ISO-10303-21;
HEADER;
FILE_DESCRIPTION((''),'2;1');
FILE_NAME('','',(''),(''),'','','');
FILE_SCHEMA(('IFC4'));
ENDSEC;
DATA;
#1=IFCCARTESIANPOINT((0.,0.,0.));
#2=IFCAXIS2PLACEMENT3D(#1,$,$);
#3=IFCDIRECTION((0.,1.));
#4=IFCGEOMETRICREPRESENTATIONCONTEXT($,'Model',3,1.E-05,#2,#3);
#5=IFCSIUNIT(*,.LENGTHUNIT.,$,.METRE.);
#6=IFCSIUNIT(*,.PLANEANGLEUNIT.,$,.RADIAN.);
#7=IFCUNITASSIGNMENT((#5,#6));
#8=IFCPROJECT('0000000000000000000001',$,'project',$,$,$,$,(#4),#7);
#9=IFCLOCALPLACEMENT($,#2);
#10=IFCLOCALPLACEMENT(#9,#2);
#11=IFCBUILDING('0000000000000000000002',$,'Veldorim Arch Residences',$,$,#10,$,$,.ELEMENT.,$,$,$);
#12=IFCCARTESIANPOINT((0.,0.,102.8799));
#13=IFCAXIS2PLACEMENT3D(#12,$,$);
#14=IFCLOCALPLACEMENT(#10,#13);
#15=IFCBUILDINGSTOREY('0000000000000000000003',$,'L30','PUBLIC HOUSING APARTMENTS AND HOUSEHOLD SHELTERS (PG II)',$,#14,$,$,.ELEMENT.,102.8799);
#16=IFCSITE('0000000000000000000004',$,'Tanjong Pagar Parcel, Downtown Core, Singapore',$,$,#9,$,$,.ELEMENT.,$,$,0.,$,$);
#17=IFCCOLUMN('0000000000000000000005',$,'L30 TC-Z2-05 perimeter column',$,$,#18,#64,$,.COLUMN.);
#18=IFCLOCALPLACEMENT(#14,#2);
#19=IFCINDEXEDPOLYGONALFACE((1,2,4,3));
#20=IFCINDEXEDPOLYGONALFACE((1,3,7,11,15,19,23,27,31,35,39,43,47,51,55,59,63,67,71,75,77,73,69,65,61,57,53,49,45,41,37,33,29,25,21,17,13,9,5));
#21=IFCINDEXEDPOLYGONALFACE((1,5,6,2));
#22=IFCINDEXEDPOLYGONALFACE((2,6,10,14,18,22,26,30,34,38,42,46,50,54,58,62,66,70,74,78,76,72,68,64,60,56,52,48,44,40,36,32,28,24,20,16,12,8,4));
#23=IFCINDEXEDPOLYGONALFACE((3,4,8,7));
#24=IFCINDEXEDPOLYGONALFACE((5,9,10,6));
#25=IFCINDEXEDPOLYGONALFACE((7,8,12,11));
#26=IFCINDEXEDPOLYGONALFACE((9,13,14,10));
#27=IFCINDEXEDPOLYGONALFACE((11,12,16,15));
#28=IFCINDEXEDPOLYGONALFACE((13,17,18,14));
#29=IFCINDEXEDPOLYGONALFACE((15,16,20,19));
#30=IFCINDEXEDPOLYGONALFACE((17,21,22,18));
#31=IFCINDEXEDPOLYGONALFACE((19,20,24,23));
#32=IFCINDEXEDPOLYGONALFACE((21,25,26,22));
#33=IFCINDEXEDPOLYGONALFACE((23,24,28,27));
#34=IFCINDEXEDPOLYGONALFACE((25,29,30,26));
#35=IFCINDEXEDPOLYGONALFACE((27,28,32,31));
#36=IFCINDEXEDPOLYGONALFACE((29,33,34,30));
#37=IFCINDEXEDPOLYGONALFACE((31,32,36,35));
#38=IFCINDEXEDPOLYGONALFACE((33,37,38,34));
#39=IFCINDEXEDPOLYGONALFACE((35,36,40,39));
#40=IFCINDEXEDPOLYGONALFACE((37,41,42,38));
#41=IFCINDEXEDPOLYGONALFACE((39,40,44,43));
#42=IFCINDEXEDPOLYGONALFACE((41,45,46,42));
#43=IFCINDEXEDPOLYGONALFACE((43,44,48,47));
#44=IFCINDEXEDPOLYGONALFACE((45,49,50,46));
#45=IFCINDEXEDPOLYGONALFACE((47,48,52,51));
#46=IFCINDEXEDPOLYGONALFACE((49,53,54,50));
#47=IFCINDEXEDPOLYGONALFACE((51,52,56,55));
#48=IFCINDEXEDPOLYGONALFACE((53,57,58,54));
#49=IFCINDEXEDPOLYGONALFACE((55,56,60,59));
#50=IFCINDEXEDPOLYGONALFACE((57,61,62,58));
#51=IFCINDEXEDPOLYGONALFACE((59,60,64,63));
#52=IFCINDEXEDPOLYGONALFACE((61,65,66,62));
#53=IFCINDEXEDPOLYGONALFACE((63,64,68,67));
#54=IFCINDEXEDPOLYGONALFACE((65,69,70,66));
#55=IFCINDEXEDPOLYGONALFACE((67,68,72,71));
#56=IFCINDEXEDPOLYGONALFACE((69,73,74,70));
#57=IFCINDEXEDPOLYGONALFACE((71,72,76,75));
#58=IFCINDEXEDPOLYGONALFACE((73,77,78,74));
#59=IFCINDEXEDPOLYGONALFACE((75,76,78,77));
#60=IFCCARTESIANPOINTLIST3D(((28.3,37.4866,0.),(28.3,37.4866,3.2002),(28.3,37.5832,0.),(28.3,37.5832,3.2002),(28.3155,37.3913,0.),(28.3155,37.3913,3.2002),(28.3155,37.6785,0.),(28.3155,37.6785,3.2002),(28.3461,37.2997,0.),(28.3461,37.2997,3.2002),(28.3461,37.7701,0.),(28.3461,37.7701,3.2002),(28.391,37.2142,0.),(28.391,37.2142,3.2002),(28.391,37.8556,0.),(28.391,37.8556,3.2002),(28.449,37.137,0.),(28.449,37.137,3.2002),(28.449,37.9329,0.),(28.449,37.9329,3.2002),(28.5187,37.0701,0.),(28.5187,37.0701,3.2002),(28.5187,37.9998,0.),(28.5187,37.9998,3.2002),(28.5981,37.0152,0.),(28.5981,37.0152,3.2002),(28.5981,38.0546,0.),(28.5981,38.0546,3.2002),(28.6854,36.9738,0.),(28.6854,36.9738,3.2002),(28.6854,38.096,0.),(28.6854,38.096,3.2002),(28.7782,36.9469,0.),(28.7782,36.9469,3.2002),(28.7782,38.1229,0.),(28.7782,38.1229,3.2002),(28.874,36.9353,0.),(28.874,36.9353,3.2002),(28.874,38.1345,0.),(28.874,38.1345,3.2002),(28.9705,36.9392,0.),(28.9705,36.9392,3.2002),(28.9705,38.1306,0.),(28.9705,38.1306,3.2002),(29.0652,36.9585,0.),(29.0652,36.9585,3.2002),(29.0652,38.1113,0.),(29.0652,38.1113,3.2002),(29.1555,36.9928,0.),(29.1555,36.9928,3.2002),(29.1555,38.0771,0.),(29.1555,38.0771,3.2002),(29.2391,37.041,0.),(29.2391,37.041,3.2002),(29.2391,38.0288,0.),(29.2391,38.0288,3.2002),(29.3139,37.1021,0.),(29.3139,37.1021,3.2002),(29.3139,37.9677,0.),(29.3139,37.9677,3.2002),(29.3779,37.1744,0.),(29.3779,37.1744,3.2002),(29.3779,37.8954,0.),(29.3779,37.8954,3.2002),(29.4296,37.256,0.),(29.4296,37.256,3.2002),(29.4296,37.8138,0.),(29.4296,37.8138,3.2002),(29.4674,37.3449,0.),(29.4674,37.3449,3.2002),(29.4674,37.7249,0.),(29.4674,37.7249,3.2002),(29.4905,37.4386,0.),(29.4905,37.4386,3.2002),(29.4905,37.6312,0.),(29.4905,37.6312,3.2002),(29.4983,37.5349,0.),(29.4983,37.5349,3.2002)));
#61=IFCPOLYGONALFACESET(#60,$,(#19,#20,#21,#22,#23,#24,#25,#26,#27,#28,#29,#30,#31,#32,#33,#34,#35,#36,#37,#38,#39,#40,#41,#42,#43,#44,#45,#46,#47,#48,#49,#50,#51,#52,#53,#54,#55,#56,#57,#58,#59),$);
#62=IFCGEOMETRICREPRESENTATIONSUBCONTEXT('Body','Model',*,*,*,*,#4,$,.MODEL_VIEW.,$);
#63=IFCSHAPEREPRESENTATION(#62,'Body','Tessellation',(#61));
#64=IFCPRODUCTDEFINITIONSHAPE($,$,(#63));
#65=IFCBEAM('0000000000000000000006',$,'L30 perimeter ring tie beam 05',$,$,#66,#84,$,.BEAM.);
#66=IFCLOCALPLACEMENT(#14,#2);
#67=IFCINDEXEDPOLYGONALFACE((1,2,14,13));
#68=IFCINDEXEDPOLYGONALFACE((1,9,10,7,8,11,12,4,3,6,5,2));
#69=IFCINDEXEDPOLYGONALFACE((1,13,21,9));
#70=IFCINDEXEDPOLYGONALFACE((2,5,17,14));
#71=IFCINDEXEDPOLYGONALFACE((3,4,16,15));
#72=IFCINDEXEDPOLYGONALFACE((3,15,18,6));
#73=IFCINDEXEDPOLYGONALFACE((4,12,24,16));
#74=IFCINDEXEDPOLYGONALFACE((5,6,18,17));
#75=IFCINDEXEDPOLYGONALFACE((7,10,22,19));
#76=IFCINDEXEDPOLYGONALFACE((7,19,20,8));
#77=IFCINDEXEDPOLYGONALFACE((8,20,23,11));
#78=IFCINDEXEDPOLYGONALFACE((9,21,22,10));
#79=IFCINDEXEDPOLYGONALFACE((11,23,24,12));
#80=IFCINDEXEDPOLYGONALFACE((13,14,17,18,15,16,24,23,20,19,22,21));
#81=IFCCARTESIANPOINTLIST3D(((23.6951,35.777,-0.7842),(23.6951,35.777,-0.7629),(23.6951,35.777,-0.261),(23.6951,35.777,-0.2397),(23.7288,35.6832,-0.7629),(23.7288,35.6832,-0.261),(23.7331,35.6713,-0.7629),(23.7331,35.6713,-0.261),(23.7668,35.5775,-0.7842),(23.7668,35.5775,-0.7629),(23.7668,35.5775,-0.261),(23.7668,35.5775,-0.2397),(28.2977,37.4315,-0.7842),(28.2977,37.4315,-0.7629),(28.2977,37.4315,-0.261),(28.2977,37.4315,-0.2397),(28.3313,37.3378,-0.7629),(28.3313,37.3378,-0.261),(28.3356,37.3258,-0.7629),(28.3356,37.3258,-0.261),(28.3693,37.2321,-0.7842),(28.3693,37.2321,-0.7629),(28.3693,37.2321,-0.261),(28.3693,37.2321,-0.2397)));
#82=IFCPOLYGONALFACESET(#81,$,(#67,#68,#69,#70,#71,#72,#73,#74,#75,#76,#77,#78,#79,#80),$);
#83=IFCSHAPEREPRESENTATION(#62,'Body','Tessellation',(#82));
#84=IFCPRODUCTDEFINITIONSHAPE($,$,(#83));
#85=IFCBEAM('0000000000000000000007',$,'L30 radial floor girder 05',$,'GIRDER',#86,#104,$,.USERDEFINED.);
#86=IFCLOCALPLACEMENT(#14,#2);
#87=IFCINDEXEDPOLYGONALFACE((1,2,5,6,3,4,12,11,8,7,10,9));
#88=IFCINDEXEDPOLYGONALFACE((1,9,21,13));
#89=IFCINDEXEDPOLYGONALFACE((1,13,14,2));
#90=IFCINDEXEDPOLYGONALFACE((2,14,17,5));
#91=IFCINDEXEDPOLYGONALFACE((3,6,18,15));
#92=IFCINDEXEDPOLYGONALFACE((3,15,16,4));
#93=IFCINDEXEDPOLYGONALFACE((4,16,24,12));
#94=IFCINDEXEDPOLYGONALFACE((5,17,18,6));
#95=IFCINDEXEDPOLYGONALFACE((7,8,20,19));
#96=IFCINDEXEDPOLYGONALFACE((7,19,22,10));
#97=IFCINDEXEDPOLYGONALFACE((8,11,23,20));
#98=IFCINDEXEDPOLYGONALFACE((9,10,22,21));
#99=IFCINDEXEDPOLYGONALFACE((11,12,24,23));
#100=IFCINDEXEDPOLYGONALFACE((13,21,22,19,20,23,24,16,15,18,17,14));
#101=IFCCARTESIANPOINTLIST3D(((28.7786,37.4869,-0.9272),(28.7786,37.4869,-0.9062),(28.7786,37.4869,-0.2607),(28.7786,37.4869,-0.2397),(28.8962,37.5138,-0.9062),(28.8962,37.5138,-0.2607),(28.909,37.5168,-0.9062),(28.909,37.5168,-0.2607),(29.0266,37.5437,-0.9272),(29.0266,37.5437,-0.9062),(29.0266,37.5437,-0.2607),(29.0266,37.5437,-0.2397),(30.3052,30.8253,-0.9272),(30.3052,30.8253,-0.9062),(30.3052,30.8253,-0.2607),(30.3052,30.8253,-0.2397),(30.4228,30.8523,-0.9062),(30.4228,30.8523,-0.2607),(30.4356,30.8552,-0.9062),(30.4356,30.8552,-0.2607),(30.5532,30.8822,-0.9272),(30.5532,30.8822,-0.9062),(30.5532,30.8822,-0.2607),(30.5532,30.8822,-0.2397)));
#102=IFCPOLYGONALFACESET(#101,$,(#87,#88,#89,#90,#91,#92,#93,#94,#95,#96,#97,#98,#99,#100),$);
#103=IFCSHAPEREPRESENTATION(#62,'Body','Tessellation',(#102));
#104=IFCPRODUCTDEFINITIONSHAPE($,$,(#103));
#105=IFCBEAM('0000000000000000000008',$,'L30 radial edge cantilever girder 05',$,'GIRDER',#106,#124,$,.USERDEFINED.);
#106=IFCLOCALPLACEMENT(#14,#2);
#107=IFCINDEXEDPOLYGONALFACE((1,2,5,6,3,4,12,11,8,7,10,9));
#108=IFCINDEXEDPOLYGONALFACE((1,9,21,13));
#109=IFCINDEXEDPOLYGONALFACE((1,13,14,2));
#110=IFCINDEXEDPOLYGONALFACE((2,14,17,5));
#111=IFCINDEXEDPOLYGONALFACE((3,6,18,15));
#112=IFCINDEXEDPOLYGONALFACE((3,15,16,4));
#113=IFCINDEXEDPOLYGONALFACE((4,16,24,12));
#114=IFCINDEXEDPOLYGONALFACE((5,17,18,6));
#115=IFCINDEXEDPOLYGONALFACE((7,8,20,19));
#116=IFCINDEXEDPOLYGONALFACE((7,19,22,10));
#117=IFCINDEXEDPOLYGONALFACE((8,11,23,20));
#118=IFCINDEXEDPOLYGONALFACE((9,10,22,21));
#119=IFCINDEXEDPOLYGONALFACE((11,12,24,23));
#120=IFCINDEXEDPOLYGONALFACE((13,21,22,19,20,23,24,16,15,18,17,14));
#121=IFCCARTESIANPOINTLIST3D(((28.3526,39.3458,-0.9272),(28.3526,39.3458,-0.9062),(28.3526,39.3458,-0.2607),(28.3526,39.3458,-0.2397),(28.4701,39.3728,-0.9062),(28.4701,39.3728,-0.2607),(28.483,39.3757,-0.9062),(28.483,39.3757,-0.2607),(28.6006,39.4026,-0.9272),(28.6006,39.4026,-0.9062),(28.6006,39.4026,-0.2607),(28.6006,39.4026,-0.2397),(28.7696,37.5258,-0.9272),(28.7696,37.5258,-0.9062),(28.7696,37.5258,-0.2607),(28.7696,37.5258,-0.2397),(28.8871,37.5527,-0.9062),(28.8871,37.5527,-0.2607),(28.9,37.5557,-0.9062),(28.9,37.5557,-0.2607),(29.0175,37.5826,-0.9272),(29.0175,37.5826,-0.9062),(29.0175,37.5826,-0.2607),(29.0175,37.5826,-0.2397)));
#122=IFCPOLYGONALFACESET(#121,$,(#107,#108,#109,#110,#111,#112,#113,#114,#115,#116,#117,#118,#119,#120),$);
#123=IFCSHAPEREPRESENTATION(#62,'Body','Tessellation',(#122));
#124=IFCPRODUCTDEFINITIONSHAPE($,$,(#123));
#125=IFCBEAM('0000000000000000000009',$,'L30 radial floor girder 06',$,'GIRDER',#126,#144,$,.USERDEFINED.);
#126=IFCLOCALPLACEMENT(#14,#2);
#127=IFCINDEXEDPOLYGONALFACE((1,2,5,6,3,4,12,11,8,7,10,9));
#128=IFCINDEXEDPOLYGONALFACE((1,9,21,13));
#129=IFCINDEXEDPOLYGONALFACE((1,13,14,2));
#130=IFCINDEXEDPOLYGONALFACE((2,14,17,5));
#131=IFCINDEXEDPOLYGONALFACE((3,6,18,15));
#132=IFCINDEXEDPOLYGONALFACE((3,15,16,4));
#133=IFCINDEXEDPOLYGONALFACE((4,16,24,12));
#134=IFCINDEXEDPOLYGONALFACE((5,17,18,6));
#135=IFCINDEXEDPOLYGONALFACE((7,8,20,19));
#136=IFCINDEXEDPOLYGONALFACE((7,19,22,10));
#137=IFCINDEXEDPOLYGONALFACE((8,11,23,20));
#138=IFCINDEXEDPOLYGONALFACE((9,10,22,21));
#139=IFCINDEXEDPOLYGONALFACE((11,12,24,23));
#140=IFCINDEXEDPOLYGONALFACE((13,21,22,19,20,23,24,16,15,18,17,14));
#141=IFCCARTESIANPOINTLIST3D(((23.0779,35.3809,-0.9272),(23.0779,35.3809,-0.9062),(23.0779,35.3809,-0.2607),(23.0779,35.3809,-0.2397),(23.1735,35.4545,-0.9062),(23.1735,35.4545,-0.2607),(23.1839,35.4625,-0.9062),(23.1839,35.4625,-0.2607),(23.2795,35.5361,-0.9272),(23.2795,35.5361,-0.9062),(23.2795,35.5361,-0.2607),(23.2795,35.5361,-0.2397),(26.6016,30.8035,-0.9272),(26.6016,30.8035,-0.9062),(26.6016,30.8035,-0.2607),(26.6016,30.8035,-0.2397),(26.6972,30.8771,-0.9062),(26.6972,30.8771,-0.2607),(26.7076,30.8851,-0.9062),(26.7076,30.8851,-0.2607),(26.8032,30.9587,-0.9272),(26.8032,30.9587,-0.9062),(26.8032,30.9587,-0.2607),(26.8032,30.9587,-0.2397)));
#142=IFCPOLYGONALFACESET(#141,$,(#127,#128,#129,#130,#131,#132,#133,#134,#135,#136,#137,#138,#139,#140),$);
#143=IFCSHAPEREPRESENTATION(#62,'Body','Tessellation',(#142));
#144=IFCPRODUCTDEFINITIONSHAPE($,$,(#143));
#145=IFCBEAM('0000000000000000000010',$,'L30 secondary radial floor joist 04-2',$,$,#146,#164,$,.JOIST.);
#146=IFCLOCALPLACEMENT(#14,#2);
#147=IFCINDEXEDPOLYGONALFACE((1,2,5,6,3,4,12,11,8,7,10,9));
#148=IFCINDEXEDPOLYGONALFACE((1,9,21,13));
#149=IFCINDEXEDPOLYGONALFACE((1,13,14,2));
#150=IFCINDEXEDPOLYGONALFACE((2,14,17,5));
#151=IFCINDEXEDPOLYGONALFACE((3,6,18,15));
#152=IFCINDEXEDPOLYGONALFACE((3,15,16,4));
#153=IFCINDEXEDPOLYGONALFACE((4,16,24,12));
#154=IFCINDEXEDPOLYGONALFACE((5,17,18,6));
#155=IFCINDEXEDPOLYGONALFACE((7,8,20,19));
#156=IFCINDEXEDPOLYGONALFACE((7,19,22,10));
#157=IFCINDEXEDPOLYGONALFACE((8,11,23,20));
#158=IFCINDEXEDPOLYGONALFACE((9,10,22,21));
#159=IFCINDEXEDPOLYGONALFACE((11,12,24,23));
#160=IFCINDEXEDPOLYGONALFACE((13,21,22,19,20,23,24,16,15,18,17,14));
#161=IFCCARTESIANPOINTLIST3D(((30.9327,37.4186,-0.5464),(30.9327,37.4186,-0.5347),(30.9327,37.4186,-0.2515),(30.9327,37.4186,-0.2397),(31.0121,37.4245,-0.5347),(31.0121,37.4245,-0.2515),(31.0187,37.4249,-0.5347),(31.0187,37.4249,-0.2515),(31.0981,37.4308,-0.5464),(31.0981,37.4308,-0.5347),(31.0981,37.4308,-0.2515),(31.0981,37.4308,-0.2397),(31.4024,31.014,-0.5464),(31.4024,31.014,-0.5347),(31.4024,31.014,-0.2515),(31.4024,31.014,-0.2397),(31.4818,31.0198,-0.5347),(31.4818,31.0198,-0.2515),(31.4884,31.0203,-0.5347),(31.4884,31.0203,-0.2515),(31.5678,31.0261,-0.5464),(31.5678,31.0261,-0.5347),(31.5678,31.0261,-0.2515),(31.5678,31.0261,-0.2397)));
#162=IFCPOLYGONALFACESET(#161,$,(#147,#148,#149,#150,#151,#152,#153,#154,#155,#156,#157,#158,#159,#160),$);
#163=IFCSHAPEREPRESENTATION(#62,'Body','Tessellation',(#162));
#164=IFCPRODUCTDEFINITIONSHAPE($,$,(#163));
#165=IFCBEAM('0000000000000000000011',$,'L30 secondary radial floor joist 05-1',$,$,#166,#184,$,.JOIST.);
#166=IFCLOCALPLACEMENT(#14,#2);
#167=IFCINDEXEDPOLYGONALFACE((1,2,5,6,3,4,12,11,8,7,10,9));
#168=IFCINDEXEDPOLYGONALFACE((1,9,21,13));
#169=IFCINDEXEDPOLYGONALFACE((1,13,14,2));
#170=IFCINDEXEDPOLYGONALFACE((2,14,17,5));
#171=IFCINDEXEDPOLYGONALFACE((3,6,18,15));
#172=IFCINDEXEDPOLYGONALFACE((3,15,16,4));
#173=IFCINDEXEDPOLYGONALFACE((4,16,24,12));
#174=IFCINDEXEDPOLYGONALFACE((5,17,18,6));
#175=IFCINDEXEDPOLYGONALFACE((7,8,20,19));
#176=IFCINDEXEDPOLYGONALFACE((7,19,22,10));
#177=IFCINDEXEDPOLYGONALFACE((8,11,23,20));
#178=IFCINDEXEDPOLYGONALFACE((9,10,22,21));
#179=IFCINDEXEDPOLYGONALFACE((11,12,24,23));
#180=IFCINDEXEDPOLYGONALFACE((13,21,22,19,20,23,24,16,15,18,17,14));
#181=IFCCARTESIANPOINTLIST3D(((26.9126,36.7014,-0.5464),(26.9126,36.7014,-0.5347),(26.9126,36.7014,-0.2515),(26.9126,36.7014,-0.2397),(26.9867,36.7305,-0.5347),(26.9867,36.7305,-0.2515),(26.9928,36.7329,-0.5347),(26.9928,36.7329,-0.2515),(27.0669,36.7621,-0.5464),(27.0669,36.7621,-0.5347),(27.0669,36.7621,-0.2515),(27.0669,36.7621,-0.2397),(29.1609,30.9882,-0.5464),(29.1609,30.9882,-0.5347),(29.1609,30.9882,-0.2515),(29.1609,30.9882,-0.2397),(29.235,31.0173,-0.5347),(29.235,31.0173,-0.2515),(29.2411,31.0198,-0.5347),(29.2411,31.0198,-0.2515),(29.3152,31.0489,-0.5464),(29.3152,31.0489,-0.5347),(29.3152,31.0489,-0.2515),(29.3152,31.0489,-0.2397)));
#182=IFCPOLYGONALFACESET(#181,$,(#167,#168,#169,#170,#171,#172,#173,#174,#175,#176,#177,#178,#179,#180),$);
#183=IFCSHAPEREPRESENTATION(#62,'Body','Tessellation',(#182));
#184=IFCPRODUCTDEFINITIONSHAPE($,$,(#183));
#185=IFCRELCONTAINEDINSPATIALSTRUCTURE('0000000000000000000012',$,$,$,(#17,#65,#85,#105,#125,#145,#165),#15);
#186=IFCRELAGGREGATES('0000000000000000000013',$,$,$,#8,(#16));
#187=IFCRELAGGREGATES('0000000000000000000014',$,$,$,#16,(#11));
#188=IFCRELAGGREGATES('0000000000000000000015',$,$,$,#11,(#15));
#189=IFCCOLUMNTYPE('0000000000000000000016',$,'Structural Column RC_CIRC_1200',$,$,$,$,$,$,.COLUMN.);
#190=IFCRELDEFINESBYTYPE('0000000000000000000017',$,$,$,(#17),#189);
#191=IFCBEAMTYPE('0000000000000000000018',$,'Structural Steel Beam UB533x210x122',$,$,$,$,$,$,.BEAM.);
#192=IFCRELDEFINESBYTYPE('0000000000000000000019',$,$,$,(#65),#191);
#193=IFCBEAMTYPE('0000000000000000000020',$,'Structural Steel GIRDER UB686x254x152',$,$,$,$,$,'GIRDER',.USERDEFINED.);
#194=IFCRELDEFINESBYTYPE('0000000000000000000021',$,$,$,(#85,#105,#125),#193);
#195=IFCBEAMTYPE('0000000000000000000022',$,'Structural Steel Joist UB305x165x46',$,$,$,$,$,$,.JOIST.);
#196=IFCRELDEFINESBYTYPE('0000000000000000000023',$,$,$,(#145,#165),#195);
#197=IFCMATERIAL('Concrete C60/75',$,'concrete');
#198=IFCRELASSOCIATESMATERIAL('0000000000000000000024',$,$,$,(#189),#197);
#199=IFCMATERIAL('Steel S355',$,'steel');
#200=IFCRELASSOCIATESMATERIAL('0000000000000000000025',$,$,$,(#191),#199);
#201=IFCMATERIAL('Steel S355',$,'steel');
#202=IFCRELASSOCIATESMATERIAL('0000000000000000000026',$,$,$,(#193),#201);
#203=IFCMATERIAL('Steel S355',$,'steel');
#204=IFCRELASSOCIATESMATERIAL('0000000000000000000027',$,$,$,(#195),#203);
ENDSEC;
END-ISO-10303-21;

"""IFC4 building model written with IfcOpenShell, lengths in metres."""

from ifc_helpers import new_model, si_unit, direction, frame, origin, origin_2d, place, context, subcontext, project, spatial, circle, i_section, extrude, material, material_profile, profile_set, type_object, element, save


model = new_model("IFC4")

# Units and contexts
model_context = context("Model", 3, precision=1e-05, world=origin(), true_north=direction((0.0, 1.0)))
body_context = subcontext(model_context, "Body", "Model", "MODEL_VIEW")
ifc_project = project(units=[si_unit("LENGTHUNIT", "METRE"), si_unit("PLANEANGLEUNIT", "RADIAN")], contexts=[model_context])

# Site, building, storey
site_placement = place(None, origin())
site = spatial("IfcSite", under=ifc_project, at=site_placement, Name="Tanjong Pagar Parcel, Downtown Core, Singapore", CompositionType="ELEMENT", RefElevation=0.0)
building_placement = place(site_placement, origin())
building = spatial("IfcBuilding", under=site, at=building_placement, Name="Veldorim Arch Residences", CompositionType="ELEMENT")
storey_placement = place(building_placement, frame((0.0, 0.0, 102.8799)))
storey = spatial("IfcBuildingStorey", under=building, at=storey_placement, Name="L30", Description="PUBLIC HOUSING APARTMENTS AND HOUSEHOLD SHELTERS (PG II)", CompositionType="ELEMENT", Elevation=102.8799)

# Column
ifc_material_1 = material(Name="Concrete C60/75", Category="concrete")
ifc_material_profile_1 = material_profile(ifc_material_1, circle(Radius=0.6001, at=origin_2d()), Name="RC_CIRC_1200")
ifc_profile_set_1 = profile_set([ifc_material_profile_1], Name="Concrete C60/75")
column_type = type_object("IfcColumnType", Name="Structural Column RC_CIRC_1200", PredefinedType="COLUMN", material=ifc_profile_set_1)
column_placement = place(storey_placement, frame((28.8982, 37.5349, 0.0), z_axis=(0.0, 0.0, 1.0), x_axis=(1.0, 0.0, 0.0)))
element("IfcColumn", 1, at=column_placement, inside=storey, type_object=column_type, Name="L30 TC-Z2-05 perimeter column", PredefinedType="COLUMN", context=body_context, shape_type="SweptSolid", body=[
    extrude(circle(Radius=0.6001, at=origin_2d()), origin(), (0.0, 0.0, 1.0), 3.2002),
])

# Beams
ifc_material_2 = material(Name="Steel S355", Category="steel")
ifc_material_profile_2 = material_profile(ifc_material_2, i_section(OverallWidth=0.2119, OverallDepth=0.5444, WebThickness=0.0127, FlangeThickness=0.0212, at=origin_2d()), Name="UB533x210x122")
ifc_profile_set_2 = profile_set([ifc_material_profile_2], Name="Steel S355")
beam_type_1 = type_object("IfcBeamType", Name="Structural Steel Beam UB533x210x122", PredefinedType="BEAM", material=ifc_profile_set_2)
beam_1_placement = place(storey_placement, frame((28.3335, 37.3318, -0.512), z_axis=(-0.941042, -0.33829, 0.0), x_axis=(0.33829, -0.941042, 0.0)))
element("IfcBeam", 2, at=beam_1_placement, inside=storey, type_object=beam_type_1, Name="L30 perimeter ring tie beam 05", PredefinedType="BEAM", context=body_context, shape_type="SweptSolid", body=[
    extrude(i_section(OverallWidth=0.2119, OverallDepth=0.5444, WebThickness=0.0127, FlangeThickness=0.0212, at=origin_2d()), origin(), (0.0, 0.0, 1.0), 4.8909),
])
ifc_material_3 = material(Name="Steel S355", Category="steel")
ifc_material_profile_3 = material_profile(ifc_material_3, i_section(OverallWidth=0.2544, OverallDepth=0.6875, WebThickness=0.0132, FlangeThickness=0.021, at=origin_2d()), Name="UB686x254x152")
ifc_profile_set_3 = profile_set([ifc_material_profile_3], Name="Steel S355")
beam_type_2 = type_object("IfcBeamType", Name="Structural Steel GIRDER UB686x254x152", ElementType="GIRDER", PredefinedType="USERDEFINED", material=ifc_profile_set_3)
beam_2_placement = place(storey_placement, frame((30.4292, 30.8538, -0.5835), z_axis=(-0.223375, 0.974733, 0.0), x_axis=(-0.974733, -0.223375, 0.0)))
element("IfcBeam", 3, at=beam_2_placement, inside=storey, type_object=beam_type_2, Name="L30 radial floor girder 05", ObjectType="GIRDER", PredefinedType="USERDEFINED", context=body_context, shape_type="SweptSolid", body=[
    extrude(i_section(OverallWidth=0.2544, OverallDepth=0.6875, WebThickness=0.0132, FlangeThickness=0.021, at=origin_2d()), origin(), (0.0, 0.0, 1.0), 6.8342),
])
beam_3_placement = place(storey_placement, frame((28.8936, 37.5542, -0.5835), z_axis=(-0.223322, 0.974745, 0.0), x_axis=(-0.974745, -0.223322, 0.0)))
element("IfcBeam", 4, at=beam_3_placement, inside=storey, type_object=beam_type_2, Name="L30 radial edge cantilever girder 05", ObjectType="GIRDER", PredefinedType="USERDEFINED", context=body_context, shape_type="SweptSolid", body=[
    extrude(i_section(OverallWidth=0.2544, OverallDepth=0.6875, WebThickness=0.0132, FlangeThickness=0.021, at=origin_2d()), origin(), (0.0, 0.0, 1.0), 1.8672),
])
beam_4_placement = place(storey_placement, frame((26.7024, 30.8811, -0.5835), z_axis=(-0.609995, 0.792406, 0.0), x_axis=(-0.792406, -0.609995, 0.0)))
element("IfcBeam", 5, at=beam_4_placement, inside=storey, type_object=beam_type_2, Name="L30 radial floor girder 06", ObjectType="GIRDER", PredefinedType="USERDEFINED", context=body_context, shape_type="SweptSolid", body=[
    extrude(i_section(OverallWidth=0.2544, OverallDepth=0.6875, WebThickness=0.0132, FlangeThickness=0.021, at=origin_2d()), origin(), (0.0, 0.0, 1.0), 5.7766),
])
ifc_material_4 = material(Name="Steel S355", Category="steel")
ifc_material_profile_4 = material_profile(ifc_material_4, i_section(OverallWidth=0.1658, OverallDepth=0.3066, WebThickness=0.0066, FlangeThickness=0.0117, at=origin_2d()), Name="UB305x165x46")
ifc_profile_set_4 = profile_set([ifc_material_profile_4], Name="Steel S355")
beam_type_3 = type_object("IfcBeamType", Name="Structural Steel Joist UB305x165x46", PredefinedType="JOIST", material=ifc_profile_set_4)
beam_5_placement = place(storey_placement, frame((31.4851, 31.02, -0.3931), z_axis=(-0.073143, 0.997321, 0.0), x_axis=(-0.997321, -0.073143, 0.0)))
element("IfcBeam", 6, at=beam_5_placement, inside=storey, type_object=beam_type_3, Name="L30 secondary radial floor joist 04-2", PredefinedType="JOIST", context=body_context, shape_type="SweptSolid", body=[
    extrude(i_section(OverallWidth=0.1658, OverallDepth=0.3066, WebThickness=0.0066, FlangeThickness=0.0117, at=origin_2d()), origin(), (0.0, 0.0, 1.0), 6.4219),
])
beam_6_placement = place(storey_placement, frame((29.238, 31.0186, -0.3931), z_axis=(-0.366195, 0.930538, 0.0), x_axis=(-0.930538, -0.366195, 0.0)))
element("IfcBeam", 7, at=beam_6_placement, inside=storey, type_object=beam_type_3, Name="L30 secondary radial floor joist 05-1", PredefinedType="JOIST", context=body_context, shape_type="SweptSolid", body=[
    extrude(i_section(OverallWidth=0.1658, OverallDepth=0.3066, WebThickness=0.0066, FlangeThickness=0.0117, at=origin_2d()), origin(), (0.0, 0.0, 1.0), 6.1396),
])

save(model, "model.ifc")
